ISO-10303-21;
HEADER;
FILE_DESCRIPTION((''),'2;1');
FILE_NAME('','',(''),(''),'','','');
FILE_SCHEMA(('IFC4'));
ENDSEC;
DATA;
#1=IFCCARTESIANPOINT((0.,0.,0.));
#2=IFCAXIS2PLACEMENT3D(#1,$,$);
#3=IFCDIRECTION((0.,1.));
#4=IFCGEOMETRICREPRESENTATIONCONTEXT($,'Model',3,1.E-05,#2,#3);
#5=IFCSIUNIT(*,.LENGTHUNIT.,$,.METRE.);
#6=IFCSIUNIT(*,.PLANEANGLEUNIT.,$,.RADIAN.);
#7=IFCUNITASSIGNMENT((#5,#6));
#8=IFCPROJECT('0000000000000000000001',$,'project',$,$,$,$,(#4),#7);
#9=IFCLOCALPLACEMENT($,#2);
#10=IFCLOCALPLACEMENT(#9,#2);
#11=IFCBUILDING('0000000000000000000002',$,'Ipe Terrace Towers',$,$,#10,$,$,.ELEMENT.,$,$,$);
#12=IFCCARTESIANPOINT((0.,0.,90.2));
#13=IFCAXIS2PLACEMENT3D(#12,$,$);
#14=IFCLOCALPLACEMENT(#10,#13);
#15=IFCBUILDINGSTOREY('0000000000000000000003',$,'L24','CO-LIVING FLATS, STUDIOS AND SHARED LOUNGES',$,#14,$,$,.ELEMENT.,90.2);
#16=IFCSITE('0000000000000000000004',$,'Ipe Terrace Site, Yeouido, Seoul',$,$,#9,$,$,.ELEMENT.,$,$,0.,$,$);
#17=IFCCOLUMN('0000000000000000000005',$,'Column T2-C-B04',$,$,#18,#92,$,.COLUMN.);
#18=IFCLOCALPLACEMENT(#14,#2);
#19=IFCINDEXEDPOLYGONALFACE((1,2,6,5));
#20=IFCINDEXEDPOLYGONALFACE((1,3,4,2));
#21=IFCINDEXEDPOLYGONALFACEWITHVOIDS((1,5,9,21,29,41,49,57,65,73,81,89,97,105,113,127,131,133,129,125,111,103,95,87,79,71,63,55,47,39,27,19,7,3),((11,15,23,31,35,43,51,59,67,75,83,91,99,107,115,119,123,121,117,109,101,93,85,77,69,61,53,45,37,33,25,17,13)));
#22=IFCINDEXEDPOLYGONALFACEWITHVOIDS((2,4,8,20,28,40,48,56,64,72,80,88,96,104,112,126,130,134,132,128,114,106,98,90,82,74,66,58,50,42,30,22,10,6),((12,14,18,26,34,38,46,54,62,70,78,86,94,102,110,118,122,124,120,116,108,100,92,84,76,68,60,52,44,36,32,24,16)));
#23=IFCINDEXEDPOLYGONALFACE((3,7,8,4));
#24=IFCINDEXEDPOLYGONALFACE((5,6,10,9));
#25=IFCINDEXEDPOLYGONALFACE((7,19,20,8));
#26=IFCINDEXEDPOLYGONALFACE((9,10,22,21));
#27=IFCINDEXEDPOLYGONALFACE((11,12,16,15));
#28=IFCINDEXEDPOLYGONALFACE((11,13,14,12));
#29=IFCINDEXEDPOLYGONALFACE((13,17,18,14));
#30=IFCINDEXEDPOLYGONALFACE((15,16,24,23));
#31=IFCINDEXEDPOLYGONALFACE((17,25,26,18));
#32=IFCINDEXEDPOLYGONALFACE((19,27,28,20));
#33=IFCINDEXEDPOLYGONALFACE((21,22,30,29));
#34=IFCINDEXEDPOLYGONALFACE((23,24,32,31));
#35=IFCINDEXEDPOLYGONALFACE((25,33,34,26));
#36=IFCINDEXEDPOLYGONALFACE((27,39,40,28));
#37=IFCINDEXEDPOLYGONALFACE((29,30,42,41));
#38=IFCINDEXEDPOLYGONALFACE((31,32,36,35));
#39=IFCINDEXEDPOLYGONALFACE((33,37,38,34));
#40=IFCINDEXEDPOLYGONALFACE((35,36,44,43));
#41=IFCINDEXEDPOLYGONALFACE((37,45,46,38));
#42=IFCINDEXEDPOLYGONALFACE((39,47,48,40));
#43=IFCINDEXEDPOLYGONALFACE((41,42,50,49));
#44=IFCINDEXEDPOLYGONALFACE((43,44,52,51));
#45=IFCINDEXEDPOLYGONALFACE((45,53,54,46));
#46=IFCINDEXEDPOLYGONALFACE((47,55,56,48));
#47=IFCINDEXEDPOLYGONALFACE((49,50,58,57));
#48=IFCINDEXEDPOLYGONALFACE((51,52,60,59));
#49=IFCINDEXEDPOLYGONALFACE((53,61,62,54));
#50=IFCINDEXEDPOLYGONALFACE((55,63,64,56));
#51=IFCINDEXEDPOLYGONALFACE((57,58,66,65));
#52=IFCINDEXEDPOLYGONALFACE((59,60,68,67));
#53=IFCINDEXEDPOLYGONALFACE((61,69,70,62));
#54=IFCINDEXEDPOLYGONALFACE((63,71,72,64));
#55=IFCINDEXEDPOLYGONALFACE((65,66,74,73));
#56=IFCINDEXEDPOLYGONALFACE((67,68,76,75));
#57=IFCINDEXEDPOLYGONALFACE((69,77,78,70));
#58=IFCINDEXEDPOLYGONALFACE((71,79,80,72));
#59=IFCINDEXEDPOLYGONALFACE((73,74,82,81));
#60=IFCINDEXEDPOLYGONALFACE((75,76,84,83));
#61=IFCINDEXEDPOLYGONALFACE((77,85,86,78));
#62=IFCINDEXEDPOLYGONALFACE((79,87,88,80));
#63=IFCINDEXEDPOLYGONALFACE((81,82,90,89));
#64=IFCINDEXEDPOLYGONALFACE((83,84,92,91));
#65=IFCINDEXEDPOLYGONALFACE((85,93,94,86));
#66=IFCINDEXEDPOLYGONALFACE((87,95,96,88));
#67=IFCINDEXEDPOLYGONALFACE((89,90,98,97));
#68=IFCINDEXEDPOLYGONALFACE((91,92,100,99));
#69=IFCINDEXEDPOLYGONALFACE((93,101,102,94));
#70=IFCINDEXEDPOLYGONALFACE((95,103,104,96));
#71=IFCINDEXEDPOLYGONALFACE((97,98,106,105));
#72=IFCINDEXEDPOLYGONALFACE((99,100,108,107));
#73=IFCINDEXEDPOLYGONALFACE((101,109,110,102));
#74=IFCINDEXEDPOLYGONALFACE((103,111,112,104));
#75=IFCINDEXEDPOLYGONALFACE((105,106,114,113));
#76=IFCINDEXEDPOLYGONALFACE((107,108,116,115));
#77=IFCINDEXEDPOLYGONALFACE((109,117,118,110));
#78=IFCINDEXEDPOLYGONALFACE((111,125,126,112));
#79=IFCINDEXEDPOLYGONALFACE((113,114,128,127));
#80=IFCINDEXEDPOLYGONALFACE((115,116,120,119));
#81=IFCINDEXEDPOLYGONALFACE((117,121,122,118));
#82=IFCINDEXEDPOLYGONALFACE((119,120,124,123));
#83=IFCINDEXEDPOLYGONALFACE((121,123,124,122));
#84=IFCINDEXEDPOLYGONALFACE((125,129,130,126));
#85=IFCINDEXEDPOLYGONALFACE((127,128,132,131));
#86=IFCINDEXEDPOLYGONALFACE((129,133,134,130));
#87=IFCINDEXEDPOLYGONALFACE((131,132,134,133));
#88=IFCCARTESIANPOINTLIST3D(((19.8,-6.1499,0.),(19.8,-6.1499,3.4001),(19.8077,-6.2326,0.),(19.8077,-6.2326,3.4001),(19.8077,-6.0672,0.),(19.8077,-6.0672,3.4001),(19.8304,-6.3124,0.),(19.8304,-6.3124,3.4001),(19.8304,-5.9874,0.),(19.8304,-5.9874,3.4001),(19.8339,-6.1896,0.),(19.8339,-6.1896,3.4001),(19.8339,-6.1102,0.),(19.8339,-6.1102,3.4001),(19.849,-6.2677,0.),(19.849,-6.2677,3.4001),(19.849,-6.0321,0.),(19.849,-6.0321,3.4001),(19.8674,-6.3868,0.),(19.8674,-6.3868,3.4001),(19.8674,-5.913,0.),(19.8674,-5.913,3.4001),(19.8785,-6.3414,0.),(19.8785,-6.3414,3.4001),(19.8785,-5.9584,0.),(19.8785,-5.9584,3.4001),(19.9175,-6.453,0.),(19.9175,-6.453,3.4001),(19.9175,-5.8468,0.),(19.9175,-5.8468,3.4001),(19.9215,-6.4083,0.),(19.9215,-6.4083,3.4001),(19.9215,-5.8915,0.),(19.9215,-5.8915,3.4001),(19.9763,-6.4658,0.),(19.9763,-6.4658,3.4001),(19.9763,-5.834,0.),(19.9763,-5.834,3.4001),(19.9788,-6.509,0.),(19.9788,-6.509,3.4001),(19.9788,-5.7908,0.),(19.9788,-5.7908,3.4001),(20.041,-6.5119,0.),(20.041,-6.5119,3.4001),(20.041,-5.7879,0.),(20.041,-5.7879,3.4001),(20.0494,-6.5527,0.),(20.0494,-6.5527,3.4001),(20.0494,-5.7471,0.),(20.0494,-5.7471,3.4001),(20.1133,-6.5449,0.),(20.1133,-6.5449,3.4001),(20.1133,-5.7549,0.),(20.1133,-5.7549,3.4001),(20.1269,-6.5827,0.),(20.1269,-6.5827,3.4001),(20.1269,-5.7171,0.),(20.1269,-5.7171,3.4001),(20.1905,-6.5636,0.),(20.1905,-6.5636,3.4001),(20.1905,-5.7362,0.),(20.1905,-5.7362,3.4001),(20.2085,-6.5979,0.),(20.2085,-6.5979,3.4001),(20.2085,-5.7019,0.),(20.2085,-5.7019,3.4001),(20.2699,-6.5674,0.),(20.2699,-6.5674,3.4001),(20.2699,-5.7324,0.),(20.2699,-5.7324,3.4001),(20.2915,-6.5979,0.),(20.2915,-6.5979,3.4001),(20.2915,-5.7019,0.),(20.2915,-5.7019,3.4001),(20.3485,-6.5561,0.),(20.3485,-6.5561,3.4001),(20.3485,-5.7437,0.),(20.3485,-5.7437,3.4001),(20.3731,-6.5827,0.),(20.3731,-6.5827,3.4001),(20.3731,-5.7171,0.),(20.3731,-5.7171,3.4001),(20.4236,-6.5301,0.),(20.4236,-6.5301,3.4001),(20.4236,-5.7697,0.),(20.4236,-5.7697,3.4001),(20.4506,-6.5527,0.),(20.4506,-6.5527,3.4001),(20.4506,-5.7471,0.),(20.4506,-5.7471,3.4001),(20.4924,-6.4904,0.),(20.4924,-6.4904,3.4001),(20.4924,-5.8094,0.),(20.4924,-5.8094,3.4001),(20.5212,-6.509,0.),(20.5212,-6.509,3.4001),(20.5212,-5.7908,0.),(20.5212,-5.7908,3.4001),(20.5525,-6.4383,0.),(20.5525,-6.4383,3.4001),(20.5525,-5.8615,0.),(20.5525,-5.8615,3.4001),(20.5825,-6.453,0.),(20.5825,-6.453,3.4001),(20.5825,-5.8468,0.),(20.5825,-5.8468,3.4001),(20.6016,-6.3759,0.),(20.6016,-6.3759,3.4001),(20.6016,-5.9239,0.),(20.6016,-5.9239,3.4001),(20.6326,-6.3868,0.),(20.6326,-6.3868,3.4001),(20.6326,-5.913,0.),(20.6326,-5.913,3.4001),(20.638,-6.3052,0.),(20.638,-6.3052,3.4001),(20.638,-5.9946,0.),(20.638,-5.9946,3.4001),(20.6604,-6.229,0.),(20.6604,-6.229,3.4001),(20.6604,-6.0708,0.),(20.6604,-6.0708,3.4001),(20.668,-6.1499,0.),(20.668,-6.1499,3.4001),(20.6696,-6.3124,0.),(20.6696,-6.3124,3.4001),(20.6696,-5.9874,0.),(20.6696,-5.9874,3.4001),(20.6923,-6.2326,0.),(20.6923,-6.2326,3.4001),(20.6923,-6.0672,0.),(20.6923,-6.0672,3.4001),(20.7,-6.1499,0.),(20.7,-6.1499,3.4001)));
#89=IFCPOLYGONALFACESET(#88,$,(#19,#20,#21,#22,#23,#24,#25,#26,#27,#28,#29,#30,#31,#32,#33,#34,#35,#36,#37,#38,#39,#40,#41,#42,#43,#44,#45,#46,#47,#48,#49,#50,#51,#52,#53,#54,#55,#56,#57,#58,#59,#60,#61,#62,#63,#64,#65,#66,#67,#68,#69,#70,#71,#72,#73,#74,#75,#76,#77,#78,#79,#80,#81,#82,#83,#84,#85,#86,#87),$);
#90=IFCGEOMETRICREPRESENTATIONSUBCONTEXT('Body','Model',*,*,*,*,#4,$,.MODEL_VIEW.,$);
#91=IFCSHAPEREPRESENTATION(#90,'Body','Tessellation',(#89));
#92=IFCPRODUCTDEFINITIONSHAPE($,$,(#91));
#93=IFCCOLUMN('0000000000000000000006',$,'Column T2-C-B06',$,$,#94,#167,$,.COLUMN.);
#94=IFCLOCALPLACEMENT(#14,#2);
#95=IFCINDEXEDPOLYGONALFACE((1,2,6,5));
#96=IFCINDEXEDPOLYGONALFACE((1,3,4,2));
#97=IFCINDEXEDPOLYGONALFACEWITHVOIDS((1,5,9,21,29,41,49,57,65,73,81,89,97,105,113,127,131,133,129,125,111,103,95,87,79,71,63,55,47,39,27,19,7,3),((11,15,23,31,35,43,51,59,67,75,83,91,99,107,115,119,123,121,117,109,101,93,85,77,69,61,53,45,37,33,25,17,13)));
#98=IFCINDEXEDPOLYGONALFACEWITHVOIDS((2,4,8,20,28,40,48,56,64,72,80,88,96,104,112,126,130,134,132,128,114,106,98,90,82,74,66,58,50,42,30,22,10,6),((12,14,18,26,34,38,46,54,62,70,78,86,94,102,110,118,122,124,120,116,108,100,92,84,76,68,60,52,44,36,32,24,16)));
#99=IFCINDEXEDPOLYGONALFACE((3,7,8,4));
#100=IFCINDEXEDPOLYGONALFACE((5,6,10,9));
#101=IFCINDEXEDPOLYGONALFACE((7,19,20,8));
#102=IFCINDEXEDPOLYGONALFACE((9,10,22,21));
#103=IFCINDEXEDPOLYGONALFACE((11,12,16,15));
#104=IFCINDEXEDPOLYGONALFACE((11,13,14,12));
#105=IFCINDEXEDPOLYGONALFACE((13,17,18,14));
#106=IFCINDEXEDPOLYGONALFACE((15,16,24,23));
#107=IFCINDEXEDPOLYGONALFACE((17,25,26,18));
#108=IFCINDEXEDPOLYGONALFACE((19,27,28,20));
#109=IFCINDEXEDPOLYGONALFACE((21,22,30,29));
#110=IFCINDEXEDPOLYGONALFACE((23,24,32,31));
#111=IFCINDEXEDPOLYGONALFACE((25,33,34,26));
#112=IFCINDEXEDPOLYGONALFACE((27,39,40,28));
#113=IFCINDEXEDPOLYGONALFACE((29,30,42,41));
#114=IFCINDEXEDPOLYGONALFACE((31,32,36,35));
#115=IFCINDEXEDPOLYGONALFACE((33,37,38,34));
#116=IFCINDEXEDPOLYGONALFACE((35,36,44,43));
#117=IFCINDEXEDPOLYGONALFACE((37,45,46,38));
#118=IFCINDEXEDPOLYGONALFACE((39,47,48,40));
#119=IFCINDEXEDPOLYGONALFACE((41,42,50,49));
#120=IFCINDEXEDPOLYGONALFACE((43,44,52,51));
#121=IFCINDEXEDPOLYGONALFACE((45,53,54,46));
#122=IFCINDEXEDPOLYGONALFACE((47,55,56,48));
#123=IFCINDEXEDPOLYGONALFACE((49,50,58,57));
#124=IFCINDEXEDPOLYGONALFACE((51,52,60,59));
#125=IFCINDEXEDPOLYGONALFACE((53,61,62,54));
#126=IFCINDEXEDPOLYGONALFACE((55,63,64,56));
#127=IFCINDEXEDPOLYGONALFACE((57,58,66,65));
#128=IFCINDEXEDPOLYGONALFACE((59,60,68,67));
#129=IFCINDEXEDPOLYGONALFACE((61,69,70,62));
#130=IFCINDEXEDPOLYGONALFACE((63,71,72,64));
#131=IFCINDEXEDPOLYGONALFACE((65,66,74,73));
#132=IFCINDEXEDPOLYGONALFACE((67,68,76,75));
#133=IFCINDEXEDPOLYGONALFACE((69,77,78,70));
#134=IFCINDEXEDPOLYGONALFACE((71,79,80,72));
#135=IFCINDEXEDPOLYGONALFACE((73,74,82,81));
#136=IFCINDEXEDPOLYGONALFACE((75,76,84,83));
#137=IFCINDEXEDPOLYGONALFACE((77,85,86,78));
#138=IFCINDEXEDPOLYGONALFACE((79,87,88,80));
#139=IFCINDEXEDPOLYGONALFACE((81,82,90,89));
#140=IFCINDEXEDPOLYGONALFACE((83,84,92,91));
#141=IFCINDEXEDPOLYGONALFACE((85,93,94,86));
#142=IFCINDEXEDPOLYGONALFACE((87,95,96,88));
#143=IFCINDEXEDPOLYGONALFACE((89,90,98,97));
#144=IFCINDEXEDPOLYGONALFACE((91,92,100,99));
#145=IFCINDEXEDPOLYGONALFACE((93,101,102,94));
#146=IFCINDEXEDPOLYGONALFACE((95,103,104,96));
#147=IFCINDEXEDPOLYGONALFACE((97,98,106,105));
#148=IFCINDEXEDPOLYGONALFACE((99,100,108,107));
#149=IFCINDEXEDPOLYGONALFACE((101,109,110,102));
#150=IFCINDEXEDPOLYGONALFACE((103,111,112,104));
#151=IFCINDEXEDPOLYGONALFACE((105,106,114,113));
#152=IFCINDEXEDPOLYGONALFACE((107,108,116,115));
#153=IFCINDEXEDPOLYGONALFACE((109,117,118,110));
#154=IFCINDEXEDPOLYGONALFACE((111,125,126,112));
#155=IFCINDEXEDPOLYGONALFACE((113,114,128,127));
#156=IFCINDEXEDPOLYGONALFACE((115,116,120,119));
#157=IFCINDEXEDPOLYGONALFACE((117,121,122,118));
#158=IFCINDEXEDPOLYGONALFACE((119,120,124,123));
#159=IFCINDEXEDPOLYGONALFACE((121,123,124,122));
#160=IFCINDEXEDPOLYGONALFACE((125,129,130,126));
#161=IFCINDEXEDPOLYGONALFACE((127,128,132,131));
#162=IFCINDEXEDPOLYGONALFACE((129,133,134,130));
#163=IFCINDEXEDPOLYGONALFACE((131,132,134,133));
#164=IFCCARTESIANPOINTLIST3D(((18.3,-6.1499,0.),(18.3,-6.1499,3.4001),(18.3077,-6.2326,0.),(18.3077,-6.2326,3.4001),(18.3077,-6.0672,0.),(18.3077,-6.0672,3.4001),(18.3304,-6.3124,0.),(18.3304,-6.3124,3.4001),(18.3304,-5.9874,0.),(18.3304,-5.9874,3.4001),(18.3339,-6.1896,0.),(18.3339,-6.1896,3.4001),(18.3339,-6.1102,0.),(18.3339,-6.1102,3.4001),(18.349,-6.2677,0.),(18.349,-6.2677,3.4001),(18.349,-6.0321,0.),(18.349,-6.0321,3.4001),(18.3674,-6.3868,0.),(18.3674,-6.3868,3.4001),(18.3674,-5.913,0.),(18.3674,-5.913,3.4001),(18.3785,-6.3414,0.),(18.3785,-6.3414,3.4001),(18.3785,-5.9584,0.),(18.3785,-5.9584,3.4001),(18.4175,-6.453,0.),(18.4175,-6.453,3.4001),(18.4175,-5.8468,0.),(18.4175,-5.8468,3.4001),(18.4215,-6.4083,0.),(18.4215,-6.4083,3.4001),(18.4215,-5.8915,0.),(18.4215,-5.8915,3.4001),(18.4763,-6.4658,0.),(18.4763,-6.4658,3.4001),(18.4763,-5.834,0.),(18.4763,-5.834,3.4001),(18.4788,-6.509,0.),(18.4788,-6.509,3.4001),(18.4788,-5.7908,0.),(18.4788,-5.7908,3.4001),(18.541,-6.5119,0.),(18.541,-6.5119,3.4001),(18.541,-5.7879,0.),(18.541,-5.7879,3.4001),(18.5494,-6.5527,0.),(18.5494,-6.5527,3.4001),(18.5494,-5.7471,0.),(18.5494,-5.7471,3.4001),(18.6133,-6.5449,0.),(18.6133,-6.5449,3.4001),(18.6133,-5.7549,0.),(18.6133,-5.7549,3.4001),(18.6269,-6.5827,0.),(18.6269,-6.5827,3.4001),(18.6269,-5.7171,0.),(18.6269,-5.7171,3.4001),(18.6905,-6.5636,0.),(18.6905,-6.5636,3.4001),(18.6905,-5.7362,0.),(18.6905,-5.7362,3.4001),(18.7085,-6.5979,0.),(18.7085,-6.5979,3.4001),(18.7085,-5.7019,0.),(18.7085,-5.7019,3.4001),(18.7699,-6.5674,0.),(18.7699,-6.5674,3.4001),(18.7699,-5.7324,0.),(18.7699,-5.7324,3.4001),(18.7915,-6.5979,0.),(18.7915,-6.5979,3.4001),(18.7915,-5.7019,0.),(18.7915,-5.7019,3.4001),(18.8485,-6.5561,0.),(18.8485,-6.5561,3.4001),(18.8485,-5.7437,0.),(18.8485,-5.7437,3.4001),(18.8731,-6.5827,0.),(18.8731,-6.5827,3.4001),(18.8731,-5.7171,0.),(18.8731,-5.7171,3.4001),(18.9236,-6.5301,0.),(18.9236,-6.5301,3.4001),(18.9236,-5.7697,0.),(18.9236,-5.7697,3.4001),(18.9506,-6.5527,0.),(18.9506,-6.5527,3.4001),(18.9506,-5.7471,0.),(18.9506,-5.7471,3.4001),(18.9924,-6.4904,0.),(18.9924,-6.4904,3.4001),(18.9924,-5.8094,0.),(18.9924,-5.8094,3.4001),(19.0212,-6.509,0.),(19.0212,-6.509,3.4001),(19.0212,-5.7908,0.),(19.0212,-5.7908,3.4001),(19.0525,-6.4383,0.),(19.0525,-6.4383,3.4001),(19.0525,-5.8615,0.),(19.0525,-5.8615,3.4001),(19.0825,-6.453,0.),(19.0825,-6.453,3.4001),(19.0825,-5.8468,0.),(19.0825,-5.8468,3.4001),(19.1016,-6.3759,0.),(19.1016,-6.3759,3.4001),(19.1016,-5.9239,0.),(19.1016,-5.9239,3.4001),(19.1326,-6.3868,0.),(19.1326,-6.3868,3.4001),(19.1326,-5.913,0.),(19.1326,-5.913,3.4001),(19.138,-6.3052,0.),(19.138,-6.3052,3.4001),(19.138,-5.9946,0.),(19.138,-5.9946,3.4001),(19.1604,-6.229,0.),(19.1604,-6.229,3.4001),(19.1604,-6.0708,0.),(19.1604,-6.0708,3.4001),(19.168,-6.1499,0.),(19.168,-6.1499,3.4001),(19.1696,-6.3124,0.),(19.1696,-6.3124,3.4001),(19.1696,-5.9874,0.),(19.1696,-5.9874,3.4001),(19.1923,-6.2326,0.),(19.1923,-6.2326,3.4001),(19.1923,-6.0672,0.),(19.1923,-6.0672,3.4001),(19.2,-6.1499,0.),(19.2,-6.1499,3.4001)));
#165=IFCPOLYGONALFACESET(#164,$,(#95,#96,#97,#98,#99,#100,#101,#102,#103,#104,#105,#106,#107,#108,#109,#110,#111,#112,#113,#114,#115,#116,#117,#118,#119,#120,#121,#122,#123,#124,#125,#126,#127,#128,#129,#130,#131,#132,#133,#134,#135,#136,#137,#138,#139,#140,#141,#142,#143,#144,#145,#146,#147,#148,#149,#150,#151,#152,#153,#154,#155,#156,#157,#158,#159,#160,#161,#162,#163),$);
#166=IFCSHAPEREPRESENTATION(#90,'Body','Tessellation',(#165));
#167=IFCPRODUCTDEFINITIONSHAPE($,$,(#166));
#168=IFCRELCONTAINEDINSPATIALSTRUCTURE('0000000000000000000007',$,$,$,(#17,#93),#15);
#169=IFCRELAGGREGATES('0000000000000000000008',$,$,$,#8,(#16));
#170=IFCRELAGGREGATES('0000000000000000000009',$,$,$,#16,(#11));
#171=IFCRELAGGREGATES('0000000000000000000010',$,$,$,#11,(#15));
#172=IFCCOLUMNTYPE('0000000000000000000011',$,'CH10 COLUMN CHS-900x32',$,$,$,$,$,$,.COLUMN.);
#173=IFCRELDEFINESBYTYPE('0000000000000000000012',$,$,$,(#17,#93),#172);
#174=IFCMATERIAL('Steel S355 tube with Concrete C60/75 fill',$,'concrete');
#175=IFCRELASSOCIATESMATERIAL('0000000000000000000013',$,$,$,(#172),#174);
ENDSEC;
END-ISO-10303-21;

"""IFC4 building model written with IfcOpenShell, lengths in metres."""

from ifc_helpers import new_model, si_unit, direction, frame, origin, origin_2d, place, context, subcontext, project, spatial, hollow_circle, extrude, material, material_profile, profile_set, type_object, element, save


model = new_model("IFC4")

# Units and contexts
model_context = context("Model", 3, precision=1e-05, world=origin(), true_north=direction((0.0, 1.0)))
body_context = subcontext(model_context, "Body", "Model", "MODEL_VIEW")
ifc_project = project(units=[si_unit("LENGTHUNIT", "METRE"), si_unit("PLANEANGLEUNIT", "RADIAN")], contexts=[model_context])

# Site, building, storey
site_placement = place(None, origin())
site = spatial("IfcSite", under=ifc_project, at=site_placement, Name="Ipe Terrace Site, Yeouido, Seoul", CompositionType="ELEMENT", RefElevation=0.0)
building_placement = place(site_placement, origin())
building = spatial("IfcBuilding", under=site, at=building_placement, Name="Ipe Terrace Towers", CompositionType="ELEMENT")
storey_placement = place(building_placement, frame((0.0, 0.0, 90.2)))
storey = spatial("IfcBuildingStorey", under=building, at=storey_placement, Name="L24", Description="CO-LIVING FLATS, STUDIOS AND SHARED LOUNGES", CompositionType="ELEMENT", Elevation=90.2)

# Columns
ifc_material_1 = material(Name="Steel S355 tube with Concrete C60/75 fill", Category="concrete")
ifc_material_profile_1 = material_profile(ifc_material_1, hollow_circle(Radius=0.45, WallThickness=0.032, at=origin_2d()), Name="CHS-900x32")
ifc_profile_set_1 = profile_set([ifc_material_profile_1], Name="Steel S355 tube with Concrete C60/75 fill")
column_type = type_object("IfcColumnType", Name="CH10 COLUMN CHS-900x32", PredefinedType="COLUMN", material=ifc_profile_set_1)
for number, where, z_axis, x_axis, name in (
    (1, (20.25, -6.1499, 0.0), (0.0, 0.0, 1.0), (1.0, 0.0, 0.0), "Column T2-C-B04"),
    (2, (18.75, -6.1499, 0.0), (0.0, 0.0, 1.0), (1.0, 0.0, 0.0), "Column T2-C-B06"),
):
    element("IfcColumn", number, at=place(storey_placement, frame(where, z_axis=z_axis, x_axis=x_axis)), inside=storey, type_object=column_type, Name=name, PredefinedType="COLUMN", context=body_context, shape_type="SweptSolid", body=[
        extrude(hollow_circle(Radius=0.45, WallThickness=0.032, at=origin_2d()), origin(), (0.0, 0.0, 1.0), 3.4001),
    ])

save(model, "model.ifc")
